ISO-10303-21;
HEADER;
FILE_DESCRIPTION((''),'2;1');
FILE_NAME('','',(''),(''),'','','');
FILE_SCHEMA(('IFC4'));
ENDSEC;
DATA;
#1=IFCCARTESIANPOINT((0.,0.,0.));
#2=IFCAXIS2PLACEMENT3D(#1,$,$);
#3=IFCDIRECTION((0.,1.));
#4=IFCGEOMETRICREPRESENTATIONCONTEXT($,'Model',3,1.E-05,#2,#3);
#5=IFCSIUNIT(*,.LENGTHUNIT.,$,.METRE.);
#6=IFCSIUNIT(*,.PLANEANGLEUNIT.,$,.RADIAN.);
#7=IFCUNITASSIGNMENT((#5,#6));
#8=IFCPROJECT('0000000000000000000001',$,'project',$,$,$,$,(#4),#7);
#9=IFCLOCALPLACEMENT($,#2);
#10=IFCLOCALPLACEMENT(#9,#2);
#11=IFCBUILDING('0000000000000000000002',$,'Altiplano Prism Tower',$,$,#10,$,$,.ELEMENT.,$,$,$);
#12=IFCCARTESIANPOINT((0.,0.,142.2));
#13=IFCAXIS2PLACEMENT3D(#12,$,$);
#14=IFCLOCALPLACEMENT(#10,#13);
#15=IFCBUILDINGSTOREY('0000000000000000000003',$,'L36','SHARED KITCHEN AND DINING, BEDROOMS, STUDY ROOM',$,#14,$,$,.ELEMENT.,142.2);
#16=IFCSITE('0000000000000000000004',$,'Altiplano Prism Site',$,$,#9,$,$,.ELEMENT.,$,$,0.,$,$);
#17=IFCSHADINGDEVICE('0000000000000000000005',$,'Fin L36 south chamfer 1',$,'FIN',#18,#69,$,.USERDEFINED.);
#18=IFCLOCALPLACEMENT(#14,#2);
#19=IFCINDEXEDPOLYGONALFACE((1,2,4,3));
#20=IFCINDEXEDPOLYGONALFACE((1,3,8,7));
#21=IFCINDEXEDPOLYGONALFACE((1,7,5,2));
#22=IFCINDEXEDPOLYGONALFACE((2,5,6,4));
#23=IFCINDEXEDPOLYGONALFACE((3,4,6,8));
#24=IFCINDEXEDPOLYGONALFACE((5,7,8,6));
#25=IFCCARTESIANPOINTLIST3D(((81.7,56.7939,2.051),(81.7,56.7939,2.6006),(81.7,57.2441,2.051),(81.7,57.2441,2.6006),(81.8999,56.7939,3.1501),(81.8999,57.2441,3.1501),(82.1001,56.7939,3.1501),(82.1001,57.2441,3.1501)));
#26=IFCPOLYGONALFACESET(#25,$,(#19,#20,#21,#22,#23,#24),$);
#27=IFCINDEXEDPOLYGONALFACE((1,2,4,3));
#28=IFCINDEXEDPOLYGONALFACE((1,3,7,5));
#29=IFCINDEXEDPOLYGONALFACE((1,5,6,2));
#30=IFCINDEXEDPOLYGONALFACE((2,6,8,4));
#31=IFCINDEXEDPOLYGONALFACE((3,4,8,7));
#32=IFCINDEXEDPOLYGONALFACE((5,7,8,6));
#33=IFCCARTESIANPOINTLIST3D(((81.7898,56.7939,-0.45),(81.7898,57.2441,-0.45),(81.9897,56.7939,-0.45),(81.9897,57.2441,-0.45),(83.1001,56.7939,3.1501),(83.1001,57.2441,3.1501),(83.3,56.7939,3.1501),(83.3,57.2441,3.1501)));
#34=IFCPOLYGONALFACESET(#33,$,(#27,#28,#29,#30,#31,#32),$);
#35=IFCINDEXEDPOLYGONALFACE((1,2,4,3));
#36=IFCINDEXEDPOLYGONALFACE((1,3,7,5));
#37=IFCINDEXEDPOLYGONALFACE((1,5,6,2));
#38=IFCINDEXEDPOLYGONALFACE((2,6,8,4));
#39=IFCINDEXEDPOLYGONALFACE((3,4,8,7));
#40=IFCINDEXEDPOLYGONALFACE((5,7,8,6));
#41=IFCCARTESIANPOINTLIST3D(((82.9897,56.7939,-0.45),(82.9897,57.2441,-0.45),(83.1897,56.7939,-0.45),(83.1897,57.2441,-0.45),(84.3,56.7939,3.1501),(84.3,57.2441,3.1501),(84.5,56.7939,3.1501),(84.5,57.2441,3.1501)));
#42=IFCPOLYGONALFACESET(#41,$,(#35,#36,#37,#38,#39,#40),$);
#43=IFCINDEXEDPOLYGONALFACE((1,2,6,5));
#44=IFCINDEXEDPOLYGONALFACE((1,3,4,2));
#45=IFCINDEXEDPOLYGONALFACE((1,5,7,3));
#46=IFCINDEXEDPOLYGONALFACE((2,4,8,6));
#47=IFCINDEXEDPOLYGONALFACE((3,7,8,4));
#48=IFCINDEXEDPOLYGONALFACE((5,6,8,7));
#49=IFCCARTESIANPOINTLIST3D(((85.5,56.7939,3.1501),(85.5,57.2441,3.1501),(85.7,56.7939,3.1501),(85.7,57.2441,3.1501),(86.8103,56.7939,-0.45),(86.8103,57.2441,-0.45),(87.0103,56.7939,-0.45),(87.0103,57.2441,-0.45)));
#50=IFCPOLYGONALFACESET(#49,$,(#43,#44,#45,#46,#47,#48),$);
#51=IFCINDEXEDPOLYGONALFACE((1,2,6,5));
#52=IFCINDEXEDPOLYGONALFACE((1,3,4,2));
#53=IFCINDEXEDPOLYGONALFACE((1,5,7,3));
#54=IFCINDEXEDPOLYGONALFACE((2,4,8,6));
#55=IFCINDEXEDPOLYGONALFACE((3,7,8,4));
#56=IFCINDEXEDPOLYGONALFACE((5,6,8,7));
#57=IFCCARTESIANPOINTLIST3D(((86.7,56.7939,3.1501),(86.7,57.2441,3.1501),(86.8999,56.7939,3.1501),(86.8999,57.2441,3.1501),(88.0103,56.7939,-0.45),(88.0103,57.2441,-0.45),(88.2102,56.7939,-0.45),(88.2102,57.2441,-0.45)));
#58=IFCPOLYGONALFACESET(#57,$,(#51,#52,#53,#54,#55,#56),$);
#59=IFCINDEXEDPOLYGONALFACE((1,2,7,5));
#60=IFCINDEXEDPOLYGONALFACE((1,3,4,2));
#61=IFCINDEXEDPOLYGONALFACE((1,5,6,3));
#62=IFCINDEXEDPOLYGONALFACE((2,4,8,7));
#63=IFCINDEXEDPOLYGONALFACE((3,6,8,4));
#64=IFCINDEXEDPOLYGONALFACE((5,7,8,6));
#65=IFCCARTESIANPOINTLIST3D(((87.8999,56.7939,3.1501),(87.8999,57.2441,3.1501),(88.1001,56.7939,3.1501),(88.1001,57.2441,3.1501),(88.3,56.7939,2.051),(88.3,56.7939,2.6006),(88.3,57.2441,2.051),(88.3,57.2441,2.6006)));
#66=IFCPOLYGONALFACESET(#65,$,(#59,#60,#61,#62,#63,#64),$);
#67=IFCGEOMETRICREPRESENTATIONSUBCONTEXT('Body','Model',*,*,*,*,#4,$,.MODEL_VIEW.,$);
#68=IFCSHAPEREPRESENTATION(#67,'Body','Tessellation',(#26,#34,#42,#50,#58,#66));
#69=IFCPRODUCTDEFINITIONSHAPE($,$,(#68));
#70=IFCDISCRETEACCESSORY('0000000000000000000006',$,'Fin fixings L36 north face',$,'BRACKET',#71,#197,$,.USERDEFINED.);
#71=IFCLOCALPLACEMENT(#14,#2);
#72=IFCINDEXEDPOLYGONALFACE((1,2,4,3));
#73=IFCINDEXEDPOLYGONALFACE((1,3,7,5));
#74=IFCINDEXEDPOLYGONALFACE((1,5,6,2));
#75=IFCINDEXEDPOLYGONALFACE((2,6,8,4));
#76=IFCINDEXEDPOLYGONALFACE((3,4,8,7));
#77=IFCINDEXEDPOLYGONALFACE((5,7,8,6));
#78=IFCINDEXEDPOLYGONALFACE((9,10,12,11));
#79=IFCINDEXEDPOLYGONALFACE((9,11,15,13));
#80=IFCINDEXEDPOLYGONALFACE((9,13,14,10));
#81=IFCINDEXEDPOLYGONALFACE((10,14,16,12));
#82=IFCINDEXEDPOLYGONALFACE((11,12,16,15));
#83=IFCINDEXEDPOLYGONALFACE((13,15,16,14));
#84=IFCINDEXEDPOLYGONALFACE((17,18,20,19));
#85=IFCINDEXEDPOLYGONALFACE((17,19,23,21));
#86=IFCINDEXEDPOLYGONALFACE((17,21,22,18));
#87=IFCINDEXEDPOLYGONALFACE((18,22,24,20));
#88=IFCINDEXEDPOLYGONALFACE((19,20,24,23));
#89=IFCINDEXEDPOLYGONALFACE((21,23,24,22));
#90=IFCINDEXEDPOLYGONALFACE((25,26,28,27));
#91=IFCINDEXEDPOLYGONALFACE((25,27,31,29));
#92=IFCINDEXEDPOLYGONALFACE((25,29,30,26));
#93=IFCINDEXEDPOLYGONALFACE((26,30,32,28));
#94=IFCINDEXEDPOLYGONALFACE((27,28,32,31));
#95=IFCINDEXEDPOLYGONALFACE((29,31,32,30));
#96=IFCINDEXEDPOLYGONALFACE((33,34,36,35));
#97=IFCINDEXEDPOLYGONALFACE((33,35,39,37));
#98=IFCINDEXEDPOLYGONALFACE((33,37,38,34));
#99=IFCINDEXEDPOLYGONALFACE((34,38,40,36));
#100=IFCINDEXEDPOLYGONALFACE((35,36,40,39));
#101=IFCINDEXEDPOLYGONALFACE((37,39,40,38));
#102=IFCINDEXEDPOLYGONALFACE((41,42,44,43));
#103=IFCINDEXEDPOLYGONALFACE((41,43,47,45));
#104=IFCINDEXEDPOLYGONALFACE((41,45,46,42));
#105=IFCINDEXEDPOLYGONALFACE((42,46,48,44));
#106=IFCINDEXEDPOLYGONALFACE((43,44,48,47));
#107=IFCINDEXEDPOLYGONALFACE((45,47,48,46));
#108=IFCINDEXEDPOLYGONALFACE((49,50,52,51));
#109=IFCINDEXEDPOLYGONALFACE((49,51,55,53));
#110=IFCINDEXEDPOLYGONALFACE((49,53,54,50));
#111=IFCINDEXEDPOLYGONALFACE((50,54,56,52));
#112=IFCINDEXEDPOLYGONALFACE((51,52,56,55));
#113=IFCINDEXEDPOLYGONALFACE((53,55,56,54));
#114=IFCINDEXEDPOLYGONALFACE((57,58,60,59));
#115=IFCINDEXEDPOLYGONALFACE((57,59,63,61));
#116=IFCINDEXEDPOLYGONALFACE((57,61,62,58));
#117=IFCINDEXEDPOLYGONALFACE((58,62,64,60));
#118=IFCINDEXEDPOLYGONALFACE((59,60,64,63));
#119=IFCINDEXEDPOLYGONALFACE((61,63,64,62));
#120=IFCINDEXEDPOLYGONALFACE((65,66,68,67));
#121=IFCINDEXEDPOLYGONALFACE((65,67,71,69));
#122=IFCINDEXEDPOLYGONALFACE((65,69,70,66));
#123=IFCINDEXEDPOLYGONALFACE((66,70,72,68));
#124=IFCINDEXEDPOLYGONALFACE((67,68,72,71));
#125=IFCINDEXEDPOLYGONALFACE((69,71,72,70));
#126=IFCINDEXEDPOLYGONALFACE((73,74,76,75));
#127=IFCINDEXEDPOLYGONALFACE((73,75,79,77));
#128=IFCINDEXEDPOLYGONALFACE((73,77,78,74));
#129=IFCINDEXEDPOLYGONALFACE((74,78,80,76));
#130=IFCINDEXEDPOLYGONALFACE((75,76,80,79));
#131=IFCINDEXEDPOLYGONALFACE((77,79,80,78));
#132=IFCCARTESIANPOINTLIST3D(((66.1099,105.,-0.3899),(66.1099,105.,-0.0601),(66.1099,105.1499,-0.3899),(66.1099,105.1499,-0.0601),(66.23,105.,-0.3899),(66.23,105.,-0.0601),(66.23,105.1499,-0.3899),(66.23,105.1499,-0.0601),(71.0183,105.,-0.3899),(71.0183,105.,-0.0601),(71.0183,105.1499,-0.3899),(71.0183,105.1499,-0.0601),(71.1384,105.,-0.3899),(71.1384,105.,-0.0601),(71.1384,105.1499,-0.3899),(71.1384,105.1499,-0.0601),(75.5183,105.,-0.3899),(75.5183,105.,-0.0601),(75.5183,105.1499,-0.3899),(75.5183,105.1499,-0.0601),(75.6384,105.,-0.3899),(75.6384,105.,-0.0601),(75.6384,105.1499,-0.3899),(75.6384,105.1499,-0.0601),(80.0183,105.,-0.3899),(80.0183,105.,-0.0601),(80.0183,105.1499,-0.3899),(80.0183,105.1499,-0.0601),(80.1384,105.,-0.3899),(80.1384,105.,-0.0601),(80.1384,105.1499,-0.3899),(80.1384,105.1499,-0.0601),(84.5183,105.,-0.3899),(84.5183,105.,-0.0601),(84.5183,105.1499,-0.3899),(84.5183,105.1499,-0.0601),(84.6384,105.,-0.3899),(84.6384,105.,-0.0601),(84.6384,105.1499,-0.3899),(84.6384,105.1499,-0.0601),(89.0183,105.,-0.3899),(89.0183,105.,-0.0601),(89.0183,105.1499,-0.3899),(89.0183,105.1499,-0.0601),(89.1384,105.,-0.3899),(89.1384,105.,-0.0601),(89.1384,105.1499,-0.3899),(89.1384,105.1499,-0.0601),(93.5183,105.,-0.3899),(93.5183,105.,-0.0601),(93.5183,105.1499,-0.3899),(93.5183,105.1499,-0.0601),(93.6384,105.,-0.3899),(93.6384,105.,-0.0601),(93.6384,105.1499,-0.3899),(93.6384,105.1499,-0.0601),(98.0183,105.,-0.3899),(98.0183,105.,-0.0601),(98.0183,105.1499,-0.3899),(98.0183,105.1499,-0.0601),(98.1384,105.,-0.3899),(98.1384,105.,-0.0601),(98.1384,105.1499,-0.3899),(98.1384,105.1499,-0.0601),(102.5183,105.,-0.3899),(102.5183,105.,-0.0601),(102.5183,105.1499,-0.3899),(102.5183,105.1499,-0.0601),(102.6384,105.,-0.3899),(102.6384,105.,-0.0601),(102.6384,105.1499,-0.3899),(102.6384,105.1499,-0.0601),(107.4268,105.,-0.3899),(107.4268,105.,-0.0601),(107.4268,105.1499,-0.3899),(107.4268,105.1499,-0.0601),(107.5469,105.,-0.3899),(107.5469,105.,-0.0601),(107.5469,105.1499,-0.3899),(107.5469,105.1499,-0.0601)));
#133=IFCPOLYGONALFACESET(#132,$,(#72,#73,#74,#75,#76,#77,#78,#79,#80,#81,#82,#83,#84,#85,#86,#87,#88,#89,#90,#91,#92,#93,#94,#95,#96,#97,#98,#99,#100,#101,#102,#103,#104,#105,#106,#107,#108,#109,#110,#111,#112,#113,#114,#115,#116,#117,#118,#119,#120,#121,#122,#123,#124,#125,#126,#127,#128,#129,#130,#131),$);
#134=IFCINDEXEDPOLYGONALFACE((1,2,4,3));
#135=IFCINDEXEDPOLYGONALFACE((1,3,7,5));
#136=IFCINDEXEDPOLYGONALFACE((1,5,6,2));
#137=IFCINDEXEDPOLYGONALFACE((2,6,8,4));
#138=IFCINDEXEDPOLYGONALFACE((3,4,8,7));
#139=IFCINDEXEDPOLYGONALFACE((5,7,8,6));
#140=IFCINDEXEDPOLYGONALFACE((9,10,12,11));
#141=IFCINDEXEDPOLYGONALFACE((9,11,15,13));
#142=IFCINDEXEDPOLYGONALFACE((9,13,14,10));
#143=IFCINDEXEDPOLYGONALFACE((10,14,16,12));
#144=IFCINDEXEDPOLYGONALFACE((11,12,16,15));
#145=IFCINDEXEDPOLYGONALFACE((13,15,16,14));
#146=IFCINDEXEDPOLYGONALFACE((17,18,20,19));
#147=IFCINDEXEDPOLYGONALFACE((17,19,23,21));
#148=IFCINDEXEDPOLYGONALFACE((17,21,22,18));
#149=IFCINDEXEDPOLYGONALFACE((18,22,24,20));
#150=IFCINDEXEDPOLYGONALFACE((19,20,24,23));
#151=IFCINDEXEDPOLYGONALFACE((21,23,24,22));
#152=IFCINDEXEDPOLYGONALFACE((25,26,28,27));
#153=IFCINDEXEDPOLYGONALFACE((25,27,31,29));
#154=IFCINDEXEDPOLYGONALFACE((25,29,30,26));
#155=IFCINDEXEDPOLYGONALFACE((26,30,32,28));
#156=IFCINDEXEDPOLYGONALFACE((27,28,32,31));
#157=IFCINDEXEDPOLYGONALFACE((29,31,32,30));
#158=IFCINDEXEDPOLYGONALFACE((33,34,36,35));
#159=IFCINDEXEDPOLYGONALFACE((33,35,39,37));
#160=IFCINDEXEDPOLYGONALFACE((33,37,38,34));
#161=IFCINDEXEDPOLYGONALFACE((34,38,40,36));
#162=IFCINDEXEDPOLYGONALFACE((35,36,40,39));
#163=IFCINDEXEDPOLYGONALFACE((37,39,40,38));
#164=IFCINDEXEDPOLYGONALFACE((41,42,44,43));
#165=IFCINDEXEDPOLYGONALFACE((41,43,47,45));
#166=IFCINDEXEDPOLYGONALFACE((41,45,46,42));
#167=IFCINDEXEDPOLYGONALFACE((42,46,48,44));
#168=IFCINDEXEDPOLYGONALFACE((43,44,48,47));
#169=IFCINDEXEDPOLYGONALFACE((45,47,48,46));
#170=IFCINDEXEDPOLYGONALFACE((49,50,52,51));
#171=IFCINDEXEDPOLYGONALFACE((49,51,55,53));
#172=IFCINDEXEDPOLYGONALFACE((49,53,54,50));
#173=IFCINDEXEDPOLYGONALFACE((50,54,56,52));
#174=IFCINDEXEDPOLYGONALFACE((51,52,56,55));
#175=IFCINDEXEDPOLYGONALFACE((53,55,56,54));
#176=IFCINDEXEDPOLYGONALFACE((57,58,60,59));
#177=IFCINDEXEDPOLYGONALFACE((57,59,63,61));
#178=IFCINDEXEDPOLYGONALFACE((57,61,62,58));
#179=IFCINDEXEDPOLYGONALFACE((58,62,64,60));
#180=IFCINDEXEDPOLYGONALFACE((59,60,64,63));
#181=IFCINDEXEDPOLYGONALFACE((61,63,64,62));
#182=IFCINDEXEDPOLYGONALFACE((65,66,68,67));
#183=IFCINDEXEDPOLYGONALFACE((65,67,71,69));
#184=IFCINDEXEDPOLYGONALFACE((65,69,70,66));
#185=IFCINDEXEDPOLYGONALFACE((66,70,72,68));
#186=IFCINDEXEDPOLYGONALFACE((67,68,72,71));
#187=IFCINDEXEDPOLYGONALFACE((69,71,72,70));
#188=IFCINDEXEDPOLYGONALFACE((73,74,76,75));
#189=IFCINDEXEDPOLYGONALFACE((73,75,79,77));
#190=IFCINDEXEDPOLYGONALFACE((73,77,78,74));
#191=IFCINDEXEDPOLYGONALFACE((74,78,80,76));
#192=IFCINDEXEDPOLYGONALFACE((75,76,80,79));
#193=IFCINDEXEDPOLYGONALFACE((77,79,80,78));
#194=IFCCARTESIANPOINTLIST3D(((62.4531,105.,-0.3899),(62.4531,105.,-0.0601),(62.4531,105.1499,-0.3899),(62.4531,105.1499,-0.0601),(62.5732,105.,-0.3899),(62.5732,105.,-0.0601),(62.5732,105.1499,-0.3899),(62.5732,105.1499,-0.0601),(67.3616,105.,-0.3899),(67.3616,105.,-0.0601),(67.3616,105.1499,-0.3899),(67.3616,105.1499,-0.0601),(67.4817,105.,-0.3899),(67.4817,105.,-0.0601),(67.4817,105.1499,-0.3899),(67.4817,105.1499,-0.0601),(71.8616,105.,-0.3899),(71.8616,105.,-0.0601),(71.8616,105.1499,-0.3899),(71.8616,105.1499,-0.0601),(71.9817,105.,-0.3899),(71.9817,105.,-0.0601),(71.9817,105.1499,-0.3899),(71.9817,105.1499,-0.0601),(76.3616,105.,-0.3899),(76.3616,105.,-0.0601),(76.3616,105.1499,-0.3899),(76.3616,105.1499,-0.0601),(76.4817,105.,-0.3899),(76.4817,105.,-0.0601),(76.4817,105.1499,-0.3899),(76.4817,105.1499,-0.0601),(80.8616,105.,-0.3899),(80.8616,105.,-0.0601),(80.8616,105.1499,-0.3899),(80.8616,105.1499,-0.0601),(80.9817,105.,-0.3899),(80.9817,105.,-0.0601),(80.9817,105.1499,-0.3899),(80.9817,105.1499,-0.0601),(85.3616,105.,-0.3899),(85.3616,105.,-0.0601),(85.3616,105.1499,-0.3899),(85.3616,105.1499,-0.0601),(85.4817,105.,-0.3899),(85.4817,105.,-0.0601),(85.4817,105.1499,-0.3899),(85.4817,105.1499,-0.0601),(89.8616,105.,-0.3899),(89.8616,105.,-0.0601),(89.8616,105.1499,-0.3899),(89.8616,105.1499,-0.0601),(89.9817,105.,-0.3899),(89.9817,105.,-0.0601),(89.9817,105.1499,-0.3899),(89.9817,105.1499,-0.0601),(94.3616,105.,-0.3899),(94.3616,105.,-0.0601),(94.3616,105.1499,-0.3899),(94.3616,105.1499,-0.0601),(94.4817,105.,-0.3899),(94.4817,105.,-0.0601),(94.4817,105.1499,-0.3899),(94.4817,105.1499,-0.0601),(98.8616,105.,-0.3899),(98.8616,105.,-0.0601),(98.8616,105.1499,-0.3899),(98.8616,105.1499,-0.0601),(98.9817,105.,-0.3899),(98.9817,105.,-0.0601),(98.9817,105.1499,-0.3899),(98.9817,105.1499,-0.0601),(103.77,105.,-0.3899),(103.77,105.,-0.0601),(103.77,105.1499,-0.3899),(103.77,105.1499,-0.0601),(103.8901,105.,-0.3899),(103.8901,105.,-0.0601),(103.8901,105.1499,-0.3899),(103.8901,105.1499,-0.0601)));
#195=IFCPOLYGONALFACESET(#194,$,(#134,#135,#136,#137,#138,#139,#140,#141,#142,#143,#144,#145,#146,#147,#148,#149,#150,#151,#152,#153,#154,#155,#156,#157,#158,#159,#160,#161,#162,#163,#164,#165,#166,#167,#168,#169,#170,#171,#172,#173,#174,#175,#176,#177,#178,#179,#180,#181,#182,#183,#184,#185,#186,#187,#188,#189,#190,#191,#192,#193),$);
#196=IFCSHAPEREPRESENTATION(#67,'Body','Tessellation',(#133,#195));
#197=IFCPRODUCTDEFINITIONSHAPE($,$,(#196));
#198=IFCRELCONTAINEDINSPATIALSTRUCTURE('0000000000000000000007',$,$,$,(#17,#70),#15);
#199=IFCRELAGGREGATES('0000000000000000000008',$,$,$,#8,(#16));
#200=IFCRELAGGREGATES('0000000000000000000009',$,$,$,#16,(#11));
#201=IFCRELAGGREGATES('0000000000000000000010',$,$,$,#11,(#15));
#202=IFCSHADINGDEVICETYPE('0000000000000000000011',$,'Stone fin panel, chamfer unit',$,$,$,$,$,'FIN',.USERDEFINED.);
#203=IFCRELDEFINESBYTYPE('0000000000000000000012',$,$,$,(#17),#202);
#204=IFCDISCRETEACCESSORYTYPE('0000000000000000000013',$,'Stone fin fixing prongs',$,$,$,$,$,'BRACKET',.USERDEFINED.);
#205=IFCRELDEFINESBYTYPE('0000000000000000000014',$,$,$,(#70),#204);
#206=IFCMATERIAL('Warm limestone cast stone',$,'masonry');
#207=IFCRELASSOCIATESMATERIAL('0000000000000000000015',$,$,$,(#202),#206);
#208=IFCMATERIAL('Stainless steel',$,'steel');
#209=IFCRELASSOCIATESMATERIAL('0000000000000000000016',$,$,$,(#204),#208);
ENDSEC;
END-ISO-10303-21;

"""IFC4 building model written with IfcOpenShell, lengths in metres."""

from ifc_helpers import new_model, si_unit, direction, frame, origin, place, context, subcontext, project, spatial, polyline, outline, extrude, source, transform, mapped, material, type_object, element, save


model = new_model("IFC4")

# Units and contexts
model_context = context("Model", 3, precision=1e-05, world=origin(), true_north=direction((0.0, 1.0)))
body_context = subcontext(model_context, "Body", "Model", "MODEL_VIEW")
ifc_project = project(units=[si_unit("LENGTHUNIT", "METRE"), si_unit("PLANEANGLEUNIT", "RADIAN")], contexts=[model_context])

# Site, building, storey
site_placement = place(None, origin())
site = spatial("IfcSite", under=ifc_project, at=site_placement, Name="Altiplano Prism Site", CompositionType="ELEMENT", RefElevation=0.0)
building_placement = place(site_placement, origin())
building = spatial("IfcBuilding", under=site, at=building_placement, Name="Altiplano Prism Tower", CompositionType="ELEMENT")
storey_placement = place(building_placement, frame((0.0, 0.0, 142.2)))
storey = spatial("IfcBuildingStorey", under=building, at=storey_placement, Name="L36", Description="SHARED KITCHEN AND DINING, BEDROOMS, STUDY ROOM", CompositionType="ELEMENT", Elevation=142.2)

# Shading device
ifc_material_1 = material(Name="Warm limestone cast stone", Category="masonry")
shading_device_type_1 = type_object("IfcShadingDeviceType", Name="Stone fin panel, chamfer unit", ElementType="FIN", PredefinedType="USERDEFINED", material=ifc_material_1)
shared_shape_1 = source(origin(), body_context, "Body", "SweptSolid", [
    extrude(outline(polyline([(-3.3, 2.501), (-2.8999, 3.6001), (-3.1001, 3.6001), (-3.3, 3.0505), (-3.3, 2.501)])), frame((0.0, -0.1499, 0.0), z_axis=(0.0, -1.0, 0.0), x_axis=(1.0, 0.0, 0.0)), (0.0, 0.0, 1.0), 0.4502),
    extrude(outline(polyline([(-3.2102, 0.0), (-3.0103, 0.0), (-1.7, 3.6001), (-1.8999, 3.6001), (-3.2102, 0.0)])), frame((0.0, -0.1499, 0.0), z_axis=(0.0, -1.0, 0.0), x_axis=(1.0, 0.0, 0.0)), (0.0, 0.0, 1.0), 0.4502),
    extrude(outline(polyline([(-2.0103, 0.0), (-1.8103, 0.0), (-0.5, 3.6001), (-0.7, 3.6001), (-2.0103, 0.0)])), frame((0.0, -0.1499, 0.0), z_axis=(0.0, -1.0, 0.0), x_axis=(1.0, 0.0, 0.0)), (0.0, 0.0, 1.0), 0.4502),
    extrude(outline(polyline([(1.8103, 0.0), (2.0103, 0.0), (0.7, 3.6001), (0.5, 3.6001), (1.8103, 0.0)])), frame((0.0, -0.1499, 0.0), z_axis=(0.0, -1.0, 0.0), x_axis=(1.0, 0.0, 0.0)), (0.0, 0.0, 1.0), 0.4502),
    extrude(outline(polyline([(3.0103, 0.0), (3.2102, 0.0), (1.8999, 3.6001), (1.7, 3.6001), (3.0103, 0.0)])), frame((0.0, -0.1499, 0.0), z_axis=(0.0, -1.0, 0.0), x_axis=(1.0, 0.0, 0.0)), (0.0, 0.0, 1.0), 0.4502),
    extrude(outline(polyline([(3.3, 3.0505), (3.1001, 3.6001), (2.8999, 3.6001), (3.3, 2.501), (3.3, 3.0505)])), frame((0.0, -0.1499, 0.0), z_axis=(0.0, -1.0, 0.0), x_axis=(1.0, 0.0, 0.0)), (0.0, 0.0, 1.0), 0.4502),
])
shading_device_1_placement = place(storey_placement, origin())
element("IfcShadingDevice", 1, at=shading_device_1_placement, inside=storey, type_object=shading_device_type_1, Name="Fin L36 south chamfer 1", ObjectType="FIN", PredefinedType="USERDEFINED", context=body_context, shape_type="MappedRepresentation", body=[
    mapped(shared_shape_1, transform((85.0, 57.394, -0.45), x_axis=(1.0, 0.0, 0.0), y_axis=(0.0, 1.0, 0.0), z_axis=(0.0, 0.0, 1.0))),
])

# Discrete accessory
ifc_material_2 = material(Name="Stainless steel", Category="steel")
discrete_accessory_type = type_object("IfcDiscreteAccessoryType", Name="Stone fin fixing prongs", ElementType="BRACKET", PredefinedType="USERDEFINED", material=ifc_material_2)
shared_shape_2 = source(origin(), body_context, "Body", "SweptSolid", [
    extrude(outline(polyline([(-1.8884, 0.0601), (-1.7683, 0.0601), (-1.7683, 0.3899), (-1.8884, 0.3899), (-1.8884, 0.0601)])), frame((0.0, 0.0, 0.0), z_axis=(0.0, -1.0, 0.0), x_axis=(1.0, 0.0, 0.0)), (0.0, 0.0, 1.0), 0.1499),
    extrude(outline(polyline([(1.7683, 0.0601), (1.8884, 0.0601), (1.8884, 0.3899), (1.7683, 0.3899), (1.7683, 0.0601)])), frame((0.0, 0.0, 0.0), z_axis=(0.0, -1.0, 0.0), x_axis=(1.0, 0.0, 0.0)), (0.0, 0.0, 1.0), 0.1499),
])
shared_shape_3 = source(origin(), body_context, "Body", "SweptSolid", [
    extrude(outline(polyline([(-1.8884, 0.0601), (-1.7683, 0.0601), (-1.7683, 0.3899), (-1.8884, 0.3899), (-1.8884, 0.0601)])), frame((0.0, 0.0, 0.0), z_axis=(0.0, -1.0, 0.0), x_axis=(1.0, 0.0, 0.0)), (0.0, 0.0, 1.0), 0.1499),
    extrude(outline(polyline([(1.7683, 0.0601), (1.8884, 0.0601), (1.8884, 0.3899), (1.7683, 0.3899), (1.7683, 0.0601)])), frame((0.0, 0.0, 0.0), z_axis=(0.0, -1.0, 0.0), x_axis=(1.0, 0.0, 0.0)), (0.0, 0.0, 1.0), 0.1499),
])
discrete_accessory_1_placement = place(storey_placement, origin())
element("IfcDiscreteAccessory", 2, at=discrete_accessory_1_placement, inside=storey, type_object=discrete_accessory_type, Name="Fin fixings L36 north face", ObjectType="BRACKET", PredefinedType="USERDEFINED", context=body_context, shape_type="MappedRepresentation", body=[
    mapped(shared_shape_2, transform((105.6584, 105.0, -0.45), x_axis=(-1.0, 0.0, 0.0), y_axis=(0.0, -1.0, 0.0), z_axis=(0.0, 0.0, 1.0))),
    mapped(shared_shape_3, transform((100.75, 105.0, -0.45), x_axis=(-1.0, 0.0, 0.0), y_axis=(0.0, -1.0, 0.0), z_axis=(0.0, 0.0, 1.0))),
    mapped(shared_shape_3, transform((96.25, 105.0, -0.45), x_axis=(-1.0, 0.0, 0.0), y_axis=(0.0, -1.0, 0.0), z_axis=(0.0, 0.0, 1.0))),
    mapped(shared_shape_3, transform((91.75, 105.0, -0.45), x_axis=(-1.0, 0.0, 0.0), y_axis=(0.0, -1.0, 0.0), z_axis=(0.0, 0.0, 1.0))),
    mapped(shared_shape_3, transform((87.25, 105.0, -0.45), x_axis=(-1.0, 0.0, 0.0), y_axis=(0.0, -1.0, 0.0), z_axis=(0.0, 0.0, 1.0))),
    mapped(shared_shape_3, transform((82.75, 105.0, -0.45), x_axis=(-1.0, 0.0, 0.0), y_axis=(0.0, -1.0, 0.0), z_axis=(0.0, 0.0, 1.0))),
    mapped(shared_shape_3, transform((78.25, 105.0, -0.45), x_axis=(-1.0, 0.0, 0.0), y_axis=(0.0, -1.0, 0.0), z_axis=(0.0, 0.0, 1.0))),
    mapped(shared_shape_3, transform((73.75, 105.0, -0.45), x_axis=(-1.0, 0.0, 0.0), y_axis=(0.0, -1.0, 0.0), z_axis=(0.0, 0.0, 1.0))),
    mapped(shared_shape_3, transform((69.25, 105.0, -0.45), x_axis=(-1.0, 0.0, 0.0), y_axis=(0.0, -1.0, 0.0), z_axis=(0.0, 0.0, 1.0))),
    mapped(shared_shape_2, transform((64.3416, 105.0, -0.45), x_axis=(-1.0, 0.0, 0.0), y_axis=(0.0, -1.0, 0.0), z_axis=(0.0, 0.0, 1.0))),
])

save(model, "model.ifc")
